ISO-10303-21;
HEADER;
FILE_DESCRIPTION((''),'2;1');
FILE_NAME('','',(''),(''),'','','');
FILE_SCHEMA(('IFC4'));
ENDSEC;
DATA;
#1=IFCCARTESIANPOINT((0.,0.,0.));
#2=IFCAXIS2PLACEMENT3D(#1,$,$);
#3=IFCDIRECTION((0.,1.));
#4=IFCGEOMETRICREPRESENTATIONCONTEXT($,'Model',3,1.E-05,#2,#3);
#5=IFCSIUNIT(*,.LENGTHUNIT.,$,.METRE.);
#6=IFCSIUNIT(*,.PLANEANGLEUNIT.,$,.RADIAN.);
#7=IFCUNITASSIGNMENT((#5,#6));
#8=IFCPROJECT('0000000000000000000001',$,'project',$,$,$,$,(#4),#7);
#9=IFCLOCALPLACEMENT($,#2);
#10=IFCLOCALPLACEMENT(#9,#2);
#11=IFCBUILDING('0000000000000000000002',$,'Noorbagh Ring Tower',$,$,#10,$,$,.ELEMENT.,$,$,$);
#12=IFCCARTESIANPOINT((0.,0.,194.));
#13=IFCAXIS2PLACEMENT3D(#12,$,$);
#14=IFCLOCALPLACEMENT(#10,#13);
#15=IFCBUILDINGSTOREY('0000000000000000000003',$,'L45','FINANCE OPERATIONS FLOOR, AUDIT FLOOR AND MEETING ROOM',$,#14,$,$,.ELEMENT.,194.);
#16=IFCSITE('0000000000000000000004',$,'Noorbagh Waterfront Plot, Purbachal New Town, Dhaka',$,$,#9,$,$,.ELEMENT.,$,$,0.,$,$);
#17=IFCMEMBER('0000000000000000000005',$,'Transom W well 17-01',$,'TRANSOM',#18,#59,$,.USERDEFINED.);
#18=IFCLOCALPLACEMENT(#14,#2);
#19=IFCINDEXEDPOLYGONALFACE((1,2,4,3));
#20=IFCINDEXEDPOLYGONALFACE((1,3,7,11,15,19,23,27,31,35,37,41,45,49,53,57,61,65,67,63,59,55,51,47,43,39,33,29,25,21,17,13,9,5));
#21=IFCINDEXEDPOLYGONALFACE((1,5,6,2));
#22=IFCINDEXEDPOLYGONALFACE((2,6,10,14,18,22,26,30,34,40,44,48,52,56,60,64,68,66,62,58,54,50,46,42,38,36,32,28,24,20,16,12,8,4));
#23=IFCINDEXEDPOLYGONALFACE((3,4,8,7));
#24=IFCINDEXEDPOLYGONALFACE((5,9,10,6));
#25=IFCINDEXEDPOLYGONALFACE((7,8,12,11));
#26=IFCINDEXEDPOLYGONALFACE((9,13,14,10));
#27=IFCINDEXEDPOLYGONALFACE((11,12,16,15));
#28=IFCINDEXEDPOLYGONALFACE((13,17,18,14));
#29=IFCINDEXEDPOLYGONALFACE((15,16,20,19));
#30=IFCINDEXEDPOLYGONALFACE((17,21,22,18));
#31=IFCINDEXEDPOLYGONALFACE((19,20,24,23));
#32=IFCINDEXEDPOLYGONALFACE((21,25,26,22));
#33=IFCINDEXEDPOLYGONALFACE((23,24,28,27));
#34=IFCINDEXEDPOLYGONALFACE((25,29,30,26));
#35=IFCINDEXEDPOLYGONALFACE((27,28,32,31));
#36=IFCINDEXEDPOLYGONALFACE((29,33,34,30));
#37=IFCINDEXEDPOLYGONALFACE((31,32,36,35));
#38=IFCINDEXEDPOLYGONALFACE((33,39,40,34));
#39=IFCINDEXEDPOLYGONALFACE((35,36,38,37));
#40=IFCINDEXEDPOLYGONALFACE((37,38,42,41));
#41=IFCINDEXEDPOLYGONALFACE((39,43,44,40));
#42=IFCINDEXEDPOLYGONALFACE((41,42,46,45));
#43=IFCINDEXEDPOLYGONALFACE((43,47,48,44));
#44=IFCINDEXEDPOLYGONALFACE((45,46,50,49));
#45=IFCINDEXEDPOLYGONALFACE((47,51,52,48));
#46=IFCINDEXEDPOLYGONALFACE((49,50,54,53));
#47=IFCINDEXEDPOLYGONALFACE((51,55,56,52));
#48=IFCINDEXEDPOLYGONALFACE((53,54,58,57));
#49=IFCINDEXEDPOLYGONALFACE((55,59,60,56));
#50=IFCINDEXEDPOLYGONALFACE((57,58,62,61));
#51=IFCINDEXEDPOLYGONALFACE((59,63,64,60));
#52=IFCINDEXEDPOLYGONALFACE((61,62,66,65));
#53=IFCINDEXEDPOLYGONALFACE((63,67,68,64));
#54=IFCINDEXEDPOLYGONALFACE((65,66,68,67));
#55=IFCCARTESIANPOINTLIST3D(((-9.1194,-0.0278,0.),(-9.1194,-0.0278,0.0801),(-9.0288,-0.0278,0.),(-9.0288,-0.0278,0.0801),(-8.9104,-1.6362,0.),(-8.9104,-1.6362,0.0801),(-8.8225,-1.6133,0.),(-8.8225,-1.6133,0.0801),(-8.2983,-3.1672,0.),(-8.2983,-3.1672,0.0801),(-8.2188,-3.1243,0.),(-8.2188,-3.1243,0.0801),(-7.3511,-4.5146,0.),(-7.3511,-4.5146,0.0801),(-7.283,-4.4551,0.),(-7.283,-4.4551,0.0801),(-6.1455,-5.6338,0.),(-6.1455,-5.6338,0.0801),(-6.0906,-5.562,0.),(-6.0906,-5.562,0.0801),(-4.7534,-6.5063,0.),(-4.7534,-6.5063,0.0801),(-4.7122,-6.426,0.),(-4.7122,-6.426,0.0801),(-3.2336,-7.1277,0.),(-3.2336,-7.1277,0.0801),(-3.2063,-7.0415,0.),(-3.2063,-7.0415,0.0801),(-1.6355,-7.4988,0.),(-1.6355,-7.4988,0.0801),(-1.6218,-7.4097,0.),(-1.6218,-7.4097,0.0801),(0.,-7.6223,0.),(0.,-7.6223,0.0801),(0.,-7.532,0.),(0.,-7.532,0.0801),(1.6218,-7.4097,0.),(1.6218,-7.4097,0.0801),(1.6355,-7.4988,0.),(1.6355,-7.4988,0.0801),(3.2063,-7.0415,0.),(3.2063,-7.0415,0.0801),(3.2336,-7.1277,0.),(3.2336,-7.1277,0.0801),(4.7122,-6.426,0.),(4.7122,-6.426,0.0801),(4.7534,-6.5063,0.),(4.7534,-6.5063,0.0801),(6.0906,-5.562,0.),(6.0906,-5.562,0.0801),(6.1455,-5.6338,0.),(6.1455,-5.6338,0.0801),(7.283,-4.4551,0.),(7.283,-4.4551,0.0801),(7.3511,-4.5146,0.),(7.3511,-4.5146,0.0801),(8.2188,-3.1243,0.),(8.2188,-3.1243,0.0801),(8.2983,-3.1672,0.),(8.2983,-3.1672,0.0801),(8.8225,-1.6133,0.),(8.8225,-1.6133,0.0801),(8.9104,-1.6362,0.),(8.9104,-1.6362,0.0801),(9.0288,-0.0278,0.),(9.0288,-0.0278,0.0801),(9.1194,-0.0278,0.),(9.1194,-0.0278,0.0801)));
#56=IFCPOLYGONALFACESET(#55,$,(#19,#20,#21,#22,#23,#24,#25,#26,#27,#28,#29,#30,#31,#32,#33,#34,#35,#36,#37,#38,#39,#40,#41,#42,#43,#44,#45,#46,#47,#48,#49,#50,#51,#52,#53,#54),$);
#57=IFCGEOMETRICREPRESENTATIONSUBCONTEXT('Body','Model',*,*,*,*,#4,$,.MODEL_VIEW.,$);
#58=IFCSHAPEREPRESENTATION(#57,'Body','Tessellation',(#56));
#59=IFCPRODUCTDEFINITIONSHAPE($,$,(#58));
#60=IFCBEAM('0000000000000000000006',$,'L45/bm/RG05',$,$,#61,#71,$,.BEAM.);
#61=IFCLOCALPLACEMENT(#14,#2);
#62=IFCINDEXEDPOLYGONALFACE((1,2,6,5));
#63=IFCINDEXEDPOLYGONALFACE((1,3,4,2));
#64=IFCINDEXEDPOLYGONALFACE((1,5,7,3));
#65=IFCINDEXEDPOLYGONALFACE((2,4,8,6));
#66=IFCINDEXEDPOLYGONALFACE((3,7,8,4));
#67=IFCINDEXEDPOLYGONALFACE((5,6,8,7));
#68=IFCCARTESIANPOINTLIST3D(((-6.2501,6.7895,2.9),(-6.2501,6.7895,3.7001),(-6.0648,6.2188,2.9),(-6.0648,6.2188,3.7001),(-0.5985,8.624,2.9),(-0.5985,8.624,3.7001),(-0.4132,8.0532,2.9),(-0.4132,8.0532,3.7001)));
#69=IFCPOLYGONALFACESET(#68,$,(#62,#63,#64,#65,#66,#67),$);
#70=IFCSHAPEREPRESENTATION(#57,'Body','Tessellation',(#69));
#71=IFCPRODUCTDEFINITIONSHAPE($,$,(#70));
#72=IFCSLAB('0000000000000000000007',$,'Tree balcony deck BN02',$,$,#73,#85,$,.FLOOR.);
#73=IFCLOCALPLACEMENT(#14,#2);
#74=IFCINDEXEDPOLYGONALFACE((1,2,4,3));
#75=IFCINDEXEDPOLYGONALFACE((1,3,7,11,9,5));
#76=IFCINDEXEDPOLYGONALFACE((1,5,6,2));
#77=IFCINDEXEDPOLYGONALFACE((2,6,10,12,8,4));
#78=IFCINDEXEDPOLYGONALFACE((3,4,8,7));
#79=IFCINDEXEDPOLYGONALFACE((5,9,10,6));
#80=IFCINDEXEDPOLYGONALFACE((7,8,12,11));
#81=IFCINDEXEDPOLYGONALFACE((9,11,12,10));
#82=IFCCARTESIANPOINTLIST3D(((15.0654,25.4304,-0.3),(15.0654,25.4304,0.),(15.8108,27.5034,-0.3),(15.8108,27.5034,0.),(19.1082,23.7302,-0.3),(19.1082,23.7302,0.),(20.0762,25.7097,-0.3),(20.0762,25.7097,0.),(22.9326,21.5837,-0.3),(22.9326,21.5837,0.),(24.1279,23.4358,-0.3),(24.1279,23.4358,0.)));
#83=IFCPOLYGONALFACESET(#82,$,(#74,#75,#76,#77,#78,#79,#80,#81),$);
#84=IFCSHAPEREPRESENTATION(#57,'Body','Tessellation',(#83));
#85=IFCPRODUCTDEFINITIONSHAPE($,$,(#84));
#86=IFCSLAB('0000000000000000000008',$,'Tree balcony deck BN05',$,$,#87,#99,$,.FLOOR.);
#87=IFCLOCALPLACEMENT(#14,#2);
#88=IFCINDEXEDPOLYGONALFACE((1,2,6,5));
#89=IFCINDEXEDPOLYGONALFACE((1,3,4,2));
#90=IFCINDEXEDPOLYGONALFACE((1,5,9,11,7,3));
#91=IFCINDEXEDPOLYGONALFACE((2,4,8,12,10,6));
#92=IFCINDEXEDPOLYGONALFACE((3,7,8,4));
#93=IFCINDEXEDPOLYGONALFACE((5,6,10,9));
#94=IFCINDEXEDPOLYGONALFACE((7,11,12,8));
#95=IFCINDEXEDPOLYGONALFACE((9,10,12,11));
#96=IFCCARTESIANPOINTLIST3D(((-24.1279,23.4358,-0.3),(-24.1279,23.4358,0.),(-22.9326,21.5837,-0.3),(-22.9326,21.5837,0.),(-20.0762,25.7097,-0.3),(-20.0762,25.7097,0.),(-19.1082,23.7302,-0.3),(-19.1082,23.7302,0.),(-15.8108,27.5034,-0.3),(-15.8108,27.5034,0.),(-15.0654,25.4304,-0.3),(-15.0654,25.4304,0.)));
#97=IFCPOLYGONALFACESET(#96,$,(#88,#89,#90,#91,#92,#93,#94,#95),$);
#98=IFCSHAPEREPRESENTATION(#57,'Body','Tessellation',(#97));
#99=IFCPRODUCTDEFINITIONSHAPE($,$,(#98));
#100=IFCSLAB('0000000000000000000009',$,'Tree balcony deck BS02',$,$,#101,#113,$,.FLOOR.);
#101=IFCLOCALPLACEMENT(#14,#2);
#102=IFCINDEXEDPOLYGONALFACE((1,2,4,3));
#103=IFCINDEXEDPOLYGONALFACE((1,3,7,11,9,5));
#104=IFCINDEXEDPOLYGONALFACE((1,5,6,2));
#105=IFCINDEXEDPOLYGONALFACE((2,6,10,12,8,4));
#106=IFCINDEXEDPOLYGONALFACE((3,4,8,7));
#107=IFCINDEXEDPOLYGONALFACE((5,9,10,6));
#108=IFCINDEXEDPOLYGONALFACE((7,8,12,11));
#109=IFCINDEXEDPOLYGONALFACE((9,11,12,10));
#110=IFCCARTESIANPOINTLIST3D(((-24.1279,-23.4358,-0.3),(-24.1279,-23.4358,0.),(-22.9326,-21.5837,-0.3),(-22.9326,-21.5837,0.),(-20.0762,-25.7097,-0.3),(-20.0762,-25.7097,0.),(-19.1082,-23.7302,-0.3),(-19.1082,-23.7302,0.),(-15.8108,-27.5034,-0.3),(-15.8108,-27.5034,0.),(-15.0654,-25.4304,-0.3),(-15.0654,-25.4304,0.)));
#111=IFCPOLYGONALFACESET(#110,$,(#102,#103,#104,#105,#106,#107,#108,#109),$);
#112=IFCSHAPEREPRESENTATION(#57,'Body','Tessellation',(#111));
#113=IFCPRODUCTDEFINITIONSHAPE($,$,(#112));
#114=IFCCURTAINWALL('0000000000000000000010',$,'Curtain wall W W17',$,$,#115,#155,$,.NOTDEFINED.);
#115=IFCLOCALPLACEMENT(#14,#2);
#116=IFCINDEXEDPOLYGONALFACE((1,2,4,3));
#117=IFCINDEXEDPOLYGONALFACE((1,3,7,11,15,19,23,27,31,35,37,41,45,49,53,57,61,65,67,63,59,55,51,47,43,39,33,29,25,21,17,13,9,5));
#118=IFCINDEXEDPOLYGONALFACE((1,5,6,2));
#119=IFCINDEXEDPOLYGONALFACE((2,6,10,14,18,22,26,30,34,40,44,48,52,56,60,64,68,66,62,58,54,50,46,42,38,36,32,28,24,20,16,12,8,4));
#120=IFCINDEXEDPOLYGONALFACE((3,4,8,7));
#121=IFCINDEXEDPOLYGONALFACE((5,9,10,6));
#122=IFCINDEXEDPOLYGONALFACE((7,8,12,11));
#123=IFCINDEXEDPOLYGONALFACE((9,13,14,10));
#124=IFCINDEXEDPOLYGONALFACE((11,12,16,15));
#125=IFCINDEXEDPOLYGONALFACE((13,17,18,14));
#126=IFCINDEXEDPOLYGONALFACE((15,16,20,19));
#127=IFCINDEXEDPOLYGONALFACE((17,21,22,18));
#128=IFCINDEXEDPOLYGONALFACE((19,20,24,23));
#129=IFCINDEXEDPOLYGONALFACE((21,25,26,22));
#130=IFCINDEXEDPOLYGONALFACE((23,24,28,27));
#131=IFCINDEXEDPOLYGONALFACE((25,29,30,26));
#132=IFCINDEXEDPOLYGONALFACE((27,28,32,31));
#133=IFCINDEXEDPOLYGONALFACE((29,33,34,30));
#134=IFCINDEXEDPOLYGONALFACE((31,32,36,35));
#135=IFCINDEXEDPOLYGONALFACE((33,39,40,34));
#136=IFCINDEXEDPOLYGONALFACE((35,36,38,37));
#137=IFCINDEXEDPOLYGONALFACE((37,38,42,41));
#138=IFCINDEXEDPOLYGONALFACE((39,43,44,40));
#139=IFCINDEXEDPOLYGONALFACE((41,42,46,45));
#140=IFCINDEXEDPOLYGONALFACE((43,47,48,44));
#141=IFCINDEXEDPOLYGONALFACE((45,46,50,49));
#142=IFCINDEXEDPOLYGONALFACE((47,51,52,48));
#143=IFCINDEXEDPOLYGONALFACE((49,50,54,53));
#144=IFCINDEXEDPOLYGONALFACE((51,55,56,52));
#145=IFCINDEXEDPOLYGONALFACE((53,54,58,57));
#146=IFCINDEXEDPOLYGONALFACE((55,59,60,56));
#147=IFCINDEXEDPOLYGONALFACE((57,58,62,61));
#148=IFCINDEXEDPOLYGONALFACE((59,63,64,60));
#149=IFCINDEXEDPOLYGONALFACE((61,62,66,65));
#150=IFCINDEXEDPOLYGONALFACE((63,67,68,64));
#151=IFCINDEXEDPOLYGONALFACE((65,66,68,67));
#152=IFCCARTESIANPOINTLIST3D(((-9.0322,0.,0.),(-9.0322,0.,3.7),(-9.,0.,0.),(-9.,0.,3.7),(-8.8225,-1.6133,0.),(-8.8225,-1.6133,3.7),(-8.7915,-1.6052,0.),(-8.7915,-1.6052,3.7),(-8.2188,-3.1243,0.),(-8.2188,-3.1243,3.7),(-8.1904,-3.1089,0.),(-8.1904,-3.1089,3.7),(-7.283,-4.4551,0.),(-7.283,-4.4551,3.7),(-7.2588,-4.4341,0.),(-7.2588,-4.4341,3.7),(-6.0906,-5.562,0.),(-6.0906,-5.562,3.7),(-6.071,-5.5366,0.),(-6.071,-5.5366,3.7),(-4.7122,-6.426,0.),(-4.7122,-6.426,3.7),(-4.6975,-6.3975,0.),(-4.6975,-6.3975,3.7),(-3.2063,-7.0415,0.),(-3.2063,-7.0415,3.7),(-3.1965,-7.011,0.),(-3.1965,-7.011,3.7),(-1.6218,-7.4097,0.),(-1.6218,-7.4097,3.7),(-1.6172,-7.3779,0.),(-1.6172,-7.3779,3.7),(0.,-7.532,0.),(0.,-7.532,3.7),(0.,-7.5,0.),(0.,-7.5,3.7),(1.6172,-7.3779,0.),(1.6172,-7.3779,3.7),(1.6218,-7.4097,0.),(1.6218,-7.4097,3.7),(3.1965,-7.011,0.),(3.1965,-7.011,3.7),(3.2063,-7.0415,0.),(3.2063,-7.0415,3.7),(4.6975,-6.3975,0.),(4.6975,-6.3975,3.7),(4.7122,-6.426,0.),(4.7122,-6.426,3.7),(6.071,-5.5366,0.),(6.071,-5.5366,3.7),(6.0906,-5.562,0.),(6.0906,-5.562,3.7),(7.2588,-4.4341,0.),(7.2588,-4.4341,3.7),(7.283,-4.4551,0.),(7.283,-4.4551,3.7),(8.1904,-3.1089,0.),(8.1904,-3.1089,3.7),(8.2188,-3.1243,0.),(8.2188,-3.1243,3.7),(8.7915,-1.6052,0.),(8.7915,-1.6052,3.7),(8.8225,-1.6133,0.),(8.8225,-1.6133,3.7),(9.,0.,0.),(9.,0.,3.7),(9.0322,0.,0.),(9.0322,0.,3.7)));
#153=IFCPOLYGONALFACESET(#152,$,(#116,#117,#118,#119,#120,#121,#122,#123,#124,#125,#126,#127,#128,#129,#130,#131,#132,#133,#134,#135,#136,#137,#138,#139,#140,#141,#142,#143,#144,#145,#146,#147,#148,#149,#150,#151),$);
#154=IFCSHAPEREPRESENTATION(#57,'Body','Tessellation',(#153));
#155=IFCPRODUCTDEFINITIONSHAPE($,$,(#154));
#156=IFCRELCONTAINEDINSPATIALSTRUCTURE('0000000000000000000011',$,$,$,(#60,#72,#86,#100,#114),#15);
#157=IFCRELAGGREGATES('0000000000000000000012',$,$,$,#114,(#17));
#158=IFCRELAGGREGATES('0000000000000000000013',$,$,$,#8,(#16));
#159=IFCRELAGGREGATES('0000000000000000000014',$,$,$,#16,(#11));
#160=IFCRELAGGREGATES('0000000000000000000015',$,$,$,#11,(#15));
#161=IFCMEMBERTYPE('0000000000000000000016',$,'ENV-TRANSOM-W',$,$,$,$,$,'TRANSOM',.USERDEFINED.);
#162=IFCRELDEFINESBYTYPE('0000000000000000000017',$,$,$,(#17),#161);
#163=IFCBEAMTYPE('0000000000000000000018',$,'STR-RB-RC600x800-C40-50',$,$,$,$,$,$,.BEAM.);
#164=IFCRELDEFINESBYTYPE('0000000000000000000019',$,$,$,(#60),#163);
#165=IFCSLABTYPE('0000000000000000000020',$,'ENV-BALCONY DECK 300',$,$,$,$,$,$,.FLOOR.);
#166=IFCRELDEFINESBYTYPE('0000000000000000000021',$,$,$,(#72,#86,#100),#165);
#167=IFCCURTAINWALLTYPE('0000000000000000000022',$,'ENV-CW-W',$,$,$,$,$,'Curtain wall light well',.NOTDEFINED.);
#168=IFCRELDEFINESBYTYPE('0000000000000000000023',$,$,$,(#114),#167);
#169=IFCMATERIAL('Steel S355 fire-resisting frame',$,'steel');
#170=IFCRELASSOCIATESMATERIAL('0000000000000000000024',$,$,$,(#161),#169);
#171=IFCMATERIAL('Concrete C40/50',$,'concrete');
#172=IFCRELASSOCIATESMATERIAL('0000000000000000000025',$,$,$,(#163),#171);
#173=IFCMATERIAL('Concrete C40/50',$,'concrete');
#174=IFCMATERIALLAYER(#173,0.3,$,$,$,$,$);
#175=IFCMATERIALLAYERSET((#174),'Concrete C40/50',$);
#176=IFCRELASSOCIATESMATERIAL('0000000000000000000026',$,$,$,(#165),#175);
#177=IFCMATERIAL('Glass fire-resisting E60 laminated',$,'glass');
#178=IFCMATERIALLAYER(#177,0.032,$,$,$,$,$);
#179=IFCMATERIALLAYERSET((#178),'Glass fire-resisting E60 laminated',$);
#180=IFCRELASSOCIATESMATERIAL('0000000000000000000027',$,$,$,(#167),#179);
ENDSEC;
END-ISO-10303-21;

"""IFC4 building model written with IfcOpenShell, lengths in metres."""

from ifc_helpers import new_model, si_unit, direction, frame, origin, origin_2d, place, context, subcontext, project, spatial, polyline, rectangle, outline, extrude, material, layer, layer_set, material_profile, profile_set, type_object, element, aggregate, save


model = new_model("IFC4")

# Units and contexts
model_context = context("Model", 3, precision=1e-05, world=origin(), true_north=direction((0.0, 1.0)))
body_context = subcontext(model_context, "Body", "Model", "MODEL_VIEW")
ifc_project = project(units=[si_unit("LENGTHUNIT", "METRE"), si_unit("PLANEANGLEUNIT", "RADIAN")], contexts=[model_context])

# Site, building, storey
site_placement = place(None, origin())
site = spatial("IfcSite", under=ifc_project, at=site_placement, Name="Noorbagh Waterfront Plot, Purbachal New Town, Dhaka", CompositionType="ELEMENT", RefElevation=0.0)
building_placement = place(site_placement, origin())
building = spatial("IfcBuilding", under=site, at=building_placement, Name="Noorbagh Ring Tower", CompositionType="ELEMENT")
storey_placement = place(building_placement, frame((0.0, 0.0, 194.0)))
storey = spatial("IfcBuildingStorey", under=building, at=storey_placement, Name="L45", Description="FINANCE OPERATIONS FLOOR, AUDIT FLOOR AND MEETING ROOM", CompositionType="ELEMENT", Elevation=194.0)

# Member
ifc_material_1 = material(Name="Steel S355 fire-resisting frame", Category="steel")
member_type_1 = type_object("IfcMemberType", Name="ENV-TRANSOM-W", ElementType="TRANSOM", PredefinedType="USERDEFINED", material=ifc_material_1)
member_1_placement = place(storey_placement, origin())
member_1 = element("IfcMember", 1, at=member_1_placement, type_object=member_type_1, Name="Transom W well 17-01", ObjectType="TRANSOM", PredefinedType="USERDEFINED", context=body_context, shape_type="SweptSolid", body=[
    extrude(outline(polyline([(-9.1194, -0.0278), (-8.9104, -1.6362), (-8.2983, -3.1672), (-7.3511, -4.5146), (-6.1455, -5.6338), (-4.7534, -6.5063), (-3.2336, -7.1277), (-1.6355, -7.4988), (0.0, -7.6223), (1.6355, -7.4988), (3.2336, -7.1277), (4.7534, -6.5063), (6.1455, -5.6338), (7.3511, -4.5146), (8.2983, -3.1672), (8.9104, -1.6362), (9.1194, -0.0278), (9.0288, -0.0278), (8.8225, -1.6133), (8.2188, -3.1243), (7.283, -4.4551), (6.0906, -5.562), (4.7122, -6.426), (3.2063, -7.0415), (1.6218, -7.4097), (0.0, -7.532), (-1.6218, -7.4097), (-3.2063, -7.0415), (-4.7122, -6.426), (-6.0906, -5.562), (-7.283, -4.4551), (-8.2188, -3.1243), (-8.8225, -1.6133), (-9.0288, -0.0278), (-9.1194, -0.0278)])), origin(), (0.0, 0.0, 1.0), 0.0801),
])

# Beam
ifc_material_2 = material(Name="Concrete C40/50", Category="concrete")
ifc_material_profile_1 = material_profile(ifc_material_2, rectangle(XDim=0.6001, YDim=0.8, at=origin_2d()), Name="RC600x800")
ifc_profile_set_1 = profile_set([ifc_material_profile_1], Name="Concrete C40/50")
beam_type = type_object("IfcBeamType", Name="STR-RB-RC600x800-C40-50", PredefinedType="BEAM", material=ifc_profile_set_1)
beam_placement = place(storey_placement, frame((-0.5059, 8.3386, 3.3), z_axis=(-0.951148, -0.308736, 0.0), x_axis=(0.308736, -0.951148, 0.0)))
element("IfcBeam", 2, at=beam_placement, inside=storey, type_object=beam_type, Name="L45/bm/RG05", PredefinedType="BEAM", context=body_context, shape_type="SweptSolid", body=[
    extrude(rectangle(XDim=0.6001, YDim=0.8, at=origin_2d()), origin(), (0.0, 0.0, 1.0), 5.9419),
])

# Slabs
ifc_material_3 = material(Name="Concrete C40/50", Category="concrete")
ifc_layer_1 = layer(ifc_material_3, 0.3)
ifc_layer_set_1 = layer_set([ifc_layer_1], Name="Concrete C40/50")
slab_type = type_object("IfcSlabType", Name="ENV-BALCONY DECK 300", PredefinedType="FLOOR", material=ifc_layer_set_1)
slab_1_placement = place(storey_placement, frame((0.0, 0.0, -0.3)))
element("IfcSlab", 3, at=slab_1_placement, inside=storey, type_object=slab_type, Name="Tree balcony deck BN02", PredefinedType="FLOOR", context=body_context, shape_type="SweptSolid", body=[
    extrude(outline(polyline([(24.1279, 23.4358), (20.0762, 25.7097), (15.8108, 27.5034), (15.0654, 25.4304), (19.1082, 23.7302), (22.9326, 21.5837), (24.1279, 23.4358)])), origin(), (0.0, 0.0, 1.0), 0.3),
])
slab_2_placement = place(storey_placement, frame((0.0, 0.0, -0.3)))
element("IfcSlab", 4, at=slab_2_placement, inside=storey, type_object=slab_type, Name="Tree balcony deck BN05", PredefinedType="FLOOR", context=body_context, shape_type="SweptSolid", body=[
    extrude(outline(polyline([(-15.8108, 27.5034), (-20.0762, 25.7097), (-24.1279, 23.4358), (-22.9326, 21.5837), (-19.1082, 23.7302), (-15.0654, 25.4304), (-15.8108, 27.5034)])), origin(), (0.0, 0.0, 1.0), 0.3),
])
slab_3_placement = place(storey_placement, frame((0.0, 0.0, -0.3)))
element("IfcSlab", 5, at=slab_3_placement, inside=storey, type_object=slab_type, Name="Tree balcony deck BS02", PredefinedType="FLOOR", context=body_context, shape_type="SweptSolid", body=[
    extrude(outline(polyline([(-24.1279, -23.4358), (-20.0762, -25.7097), (-15.8108, -27.5034), (-15.0654, -25.4304), (-19.1082, -23.7302), (-22.9326, -21.5837), (-24.1279, -23.4358)])), origin(), (0.0, 0.0, 1.0), 0.3),
])

# Curtain wall
ifc_material_4 = material(Name="Glass fire-resisting E60 laminated", Category="glass")
ifc_layer_2 = layer(ifc_material_4, 0.032)
ifc_layer_set_2 = layer_set([ifc_layer_2], Name="Glass fire-resisting E60 laminated")
curtain_wall_type_1 = type_object("IfcCurtainWallType", Name="ENV-CW-W", ElementType="Curtain wall light well", PredefinedType="NOTDEFINED", material=ifc_layer_set_2)
curtain_wall_1_placement = place(storey_placement, origin())
curtain_wall_1 = element("IfcCurtainWall", 6, at=curtain_wall_1_placement, inside=storey, type_object=curtain_wall_type_1, Name="Curtain wall W W17", PredefinedType="NOTDEFINED", context=body_context, shape_type="SweptSolid", body=[
    extrude(outline(polyline([(-9.0322, 0.0), (-8.8225, -1.6133), (-8.2188, -3.1243), (-7.283, -4.4551), (-6.0906, -5.562), (-4.7122, -6.426), (-3.2063, -7.0415), (-1.6218, -7.4097), (0.0, -7.532), (1.6218, -7.4097), (3.2063, -7.0415), (4.7122, -6.426), (6.0906, -5.562), (7.283, -4.4551), (8.2188, -3.1243), (8.8225, -1.6133), (9.0322, 0.0), (9.0, 0.0), (8.7915, -1.6052), (8.1904, -3.1089), (7.2588, -4.4341), (6.071, -5.5366), (4.6975, -6.3975), (3.1965, -7.011), (1.6172, -7.3779), (0.0, -7.5), (-1.6172, -7.3779), (-3.1965, -7.011), (-4.6975, -6.3975), (-6.071, -5.5366), (-7.2588, -4.4341), (-8.1904, -3.1089), (-8.7915, -1.6052), (-9.0, 0.0), (-9.0322, 0.0)])), origin(), (0.0, 0.0, 1.0), 3.7),
])
aggregate(curtain_wall_1, [member_1])

save(model, "model.ifc")
